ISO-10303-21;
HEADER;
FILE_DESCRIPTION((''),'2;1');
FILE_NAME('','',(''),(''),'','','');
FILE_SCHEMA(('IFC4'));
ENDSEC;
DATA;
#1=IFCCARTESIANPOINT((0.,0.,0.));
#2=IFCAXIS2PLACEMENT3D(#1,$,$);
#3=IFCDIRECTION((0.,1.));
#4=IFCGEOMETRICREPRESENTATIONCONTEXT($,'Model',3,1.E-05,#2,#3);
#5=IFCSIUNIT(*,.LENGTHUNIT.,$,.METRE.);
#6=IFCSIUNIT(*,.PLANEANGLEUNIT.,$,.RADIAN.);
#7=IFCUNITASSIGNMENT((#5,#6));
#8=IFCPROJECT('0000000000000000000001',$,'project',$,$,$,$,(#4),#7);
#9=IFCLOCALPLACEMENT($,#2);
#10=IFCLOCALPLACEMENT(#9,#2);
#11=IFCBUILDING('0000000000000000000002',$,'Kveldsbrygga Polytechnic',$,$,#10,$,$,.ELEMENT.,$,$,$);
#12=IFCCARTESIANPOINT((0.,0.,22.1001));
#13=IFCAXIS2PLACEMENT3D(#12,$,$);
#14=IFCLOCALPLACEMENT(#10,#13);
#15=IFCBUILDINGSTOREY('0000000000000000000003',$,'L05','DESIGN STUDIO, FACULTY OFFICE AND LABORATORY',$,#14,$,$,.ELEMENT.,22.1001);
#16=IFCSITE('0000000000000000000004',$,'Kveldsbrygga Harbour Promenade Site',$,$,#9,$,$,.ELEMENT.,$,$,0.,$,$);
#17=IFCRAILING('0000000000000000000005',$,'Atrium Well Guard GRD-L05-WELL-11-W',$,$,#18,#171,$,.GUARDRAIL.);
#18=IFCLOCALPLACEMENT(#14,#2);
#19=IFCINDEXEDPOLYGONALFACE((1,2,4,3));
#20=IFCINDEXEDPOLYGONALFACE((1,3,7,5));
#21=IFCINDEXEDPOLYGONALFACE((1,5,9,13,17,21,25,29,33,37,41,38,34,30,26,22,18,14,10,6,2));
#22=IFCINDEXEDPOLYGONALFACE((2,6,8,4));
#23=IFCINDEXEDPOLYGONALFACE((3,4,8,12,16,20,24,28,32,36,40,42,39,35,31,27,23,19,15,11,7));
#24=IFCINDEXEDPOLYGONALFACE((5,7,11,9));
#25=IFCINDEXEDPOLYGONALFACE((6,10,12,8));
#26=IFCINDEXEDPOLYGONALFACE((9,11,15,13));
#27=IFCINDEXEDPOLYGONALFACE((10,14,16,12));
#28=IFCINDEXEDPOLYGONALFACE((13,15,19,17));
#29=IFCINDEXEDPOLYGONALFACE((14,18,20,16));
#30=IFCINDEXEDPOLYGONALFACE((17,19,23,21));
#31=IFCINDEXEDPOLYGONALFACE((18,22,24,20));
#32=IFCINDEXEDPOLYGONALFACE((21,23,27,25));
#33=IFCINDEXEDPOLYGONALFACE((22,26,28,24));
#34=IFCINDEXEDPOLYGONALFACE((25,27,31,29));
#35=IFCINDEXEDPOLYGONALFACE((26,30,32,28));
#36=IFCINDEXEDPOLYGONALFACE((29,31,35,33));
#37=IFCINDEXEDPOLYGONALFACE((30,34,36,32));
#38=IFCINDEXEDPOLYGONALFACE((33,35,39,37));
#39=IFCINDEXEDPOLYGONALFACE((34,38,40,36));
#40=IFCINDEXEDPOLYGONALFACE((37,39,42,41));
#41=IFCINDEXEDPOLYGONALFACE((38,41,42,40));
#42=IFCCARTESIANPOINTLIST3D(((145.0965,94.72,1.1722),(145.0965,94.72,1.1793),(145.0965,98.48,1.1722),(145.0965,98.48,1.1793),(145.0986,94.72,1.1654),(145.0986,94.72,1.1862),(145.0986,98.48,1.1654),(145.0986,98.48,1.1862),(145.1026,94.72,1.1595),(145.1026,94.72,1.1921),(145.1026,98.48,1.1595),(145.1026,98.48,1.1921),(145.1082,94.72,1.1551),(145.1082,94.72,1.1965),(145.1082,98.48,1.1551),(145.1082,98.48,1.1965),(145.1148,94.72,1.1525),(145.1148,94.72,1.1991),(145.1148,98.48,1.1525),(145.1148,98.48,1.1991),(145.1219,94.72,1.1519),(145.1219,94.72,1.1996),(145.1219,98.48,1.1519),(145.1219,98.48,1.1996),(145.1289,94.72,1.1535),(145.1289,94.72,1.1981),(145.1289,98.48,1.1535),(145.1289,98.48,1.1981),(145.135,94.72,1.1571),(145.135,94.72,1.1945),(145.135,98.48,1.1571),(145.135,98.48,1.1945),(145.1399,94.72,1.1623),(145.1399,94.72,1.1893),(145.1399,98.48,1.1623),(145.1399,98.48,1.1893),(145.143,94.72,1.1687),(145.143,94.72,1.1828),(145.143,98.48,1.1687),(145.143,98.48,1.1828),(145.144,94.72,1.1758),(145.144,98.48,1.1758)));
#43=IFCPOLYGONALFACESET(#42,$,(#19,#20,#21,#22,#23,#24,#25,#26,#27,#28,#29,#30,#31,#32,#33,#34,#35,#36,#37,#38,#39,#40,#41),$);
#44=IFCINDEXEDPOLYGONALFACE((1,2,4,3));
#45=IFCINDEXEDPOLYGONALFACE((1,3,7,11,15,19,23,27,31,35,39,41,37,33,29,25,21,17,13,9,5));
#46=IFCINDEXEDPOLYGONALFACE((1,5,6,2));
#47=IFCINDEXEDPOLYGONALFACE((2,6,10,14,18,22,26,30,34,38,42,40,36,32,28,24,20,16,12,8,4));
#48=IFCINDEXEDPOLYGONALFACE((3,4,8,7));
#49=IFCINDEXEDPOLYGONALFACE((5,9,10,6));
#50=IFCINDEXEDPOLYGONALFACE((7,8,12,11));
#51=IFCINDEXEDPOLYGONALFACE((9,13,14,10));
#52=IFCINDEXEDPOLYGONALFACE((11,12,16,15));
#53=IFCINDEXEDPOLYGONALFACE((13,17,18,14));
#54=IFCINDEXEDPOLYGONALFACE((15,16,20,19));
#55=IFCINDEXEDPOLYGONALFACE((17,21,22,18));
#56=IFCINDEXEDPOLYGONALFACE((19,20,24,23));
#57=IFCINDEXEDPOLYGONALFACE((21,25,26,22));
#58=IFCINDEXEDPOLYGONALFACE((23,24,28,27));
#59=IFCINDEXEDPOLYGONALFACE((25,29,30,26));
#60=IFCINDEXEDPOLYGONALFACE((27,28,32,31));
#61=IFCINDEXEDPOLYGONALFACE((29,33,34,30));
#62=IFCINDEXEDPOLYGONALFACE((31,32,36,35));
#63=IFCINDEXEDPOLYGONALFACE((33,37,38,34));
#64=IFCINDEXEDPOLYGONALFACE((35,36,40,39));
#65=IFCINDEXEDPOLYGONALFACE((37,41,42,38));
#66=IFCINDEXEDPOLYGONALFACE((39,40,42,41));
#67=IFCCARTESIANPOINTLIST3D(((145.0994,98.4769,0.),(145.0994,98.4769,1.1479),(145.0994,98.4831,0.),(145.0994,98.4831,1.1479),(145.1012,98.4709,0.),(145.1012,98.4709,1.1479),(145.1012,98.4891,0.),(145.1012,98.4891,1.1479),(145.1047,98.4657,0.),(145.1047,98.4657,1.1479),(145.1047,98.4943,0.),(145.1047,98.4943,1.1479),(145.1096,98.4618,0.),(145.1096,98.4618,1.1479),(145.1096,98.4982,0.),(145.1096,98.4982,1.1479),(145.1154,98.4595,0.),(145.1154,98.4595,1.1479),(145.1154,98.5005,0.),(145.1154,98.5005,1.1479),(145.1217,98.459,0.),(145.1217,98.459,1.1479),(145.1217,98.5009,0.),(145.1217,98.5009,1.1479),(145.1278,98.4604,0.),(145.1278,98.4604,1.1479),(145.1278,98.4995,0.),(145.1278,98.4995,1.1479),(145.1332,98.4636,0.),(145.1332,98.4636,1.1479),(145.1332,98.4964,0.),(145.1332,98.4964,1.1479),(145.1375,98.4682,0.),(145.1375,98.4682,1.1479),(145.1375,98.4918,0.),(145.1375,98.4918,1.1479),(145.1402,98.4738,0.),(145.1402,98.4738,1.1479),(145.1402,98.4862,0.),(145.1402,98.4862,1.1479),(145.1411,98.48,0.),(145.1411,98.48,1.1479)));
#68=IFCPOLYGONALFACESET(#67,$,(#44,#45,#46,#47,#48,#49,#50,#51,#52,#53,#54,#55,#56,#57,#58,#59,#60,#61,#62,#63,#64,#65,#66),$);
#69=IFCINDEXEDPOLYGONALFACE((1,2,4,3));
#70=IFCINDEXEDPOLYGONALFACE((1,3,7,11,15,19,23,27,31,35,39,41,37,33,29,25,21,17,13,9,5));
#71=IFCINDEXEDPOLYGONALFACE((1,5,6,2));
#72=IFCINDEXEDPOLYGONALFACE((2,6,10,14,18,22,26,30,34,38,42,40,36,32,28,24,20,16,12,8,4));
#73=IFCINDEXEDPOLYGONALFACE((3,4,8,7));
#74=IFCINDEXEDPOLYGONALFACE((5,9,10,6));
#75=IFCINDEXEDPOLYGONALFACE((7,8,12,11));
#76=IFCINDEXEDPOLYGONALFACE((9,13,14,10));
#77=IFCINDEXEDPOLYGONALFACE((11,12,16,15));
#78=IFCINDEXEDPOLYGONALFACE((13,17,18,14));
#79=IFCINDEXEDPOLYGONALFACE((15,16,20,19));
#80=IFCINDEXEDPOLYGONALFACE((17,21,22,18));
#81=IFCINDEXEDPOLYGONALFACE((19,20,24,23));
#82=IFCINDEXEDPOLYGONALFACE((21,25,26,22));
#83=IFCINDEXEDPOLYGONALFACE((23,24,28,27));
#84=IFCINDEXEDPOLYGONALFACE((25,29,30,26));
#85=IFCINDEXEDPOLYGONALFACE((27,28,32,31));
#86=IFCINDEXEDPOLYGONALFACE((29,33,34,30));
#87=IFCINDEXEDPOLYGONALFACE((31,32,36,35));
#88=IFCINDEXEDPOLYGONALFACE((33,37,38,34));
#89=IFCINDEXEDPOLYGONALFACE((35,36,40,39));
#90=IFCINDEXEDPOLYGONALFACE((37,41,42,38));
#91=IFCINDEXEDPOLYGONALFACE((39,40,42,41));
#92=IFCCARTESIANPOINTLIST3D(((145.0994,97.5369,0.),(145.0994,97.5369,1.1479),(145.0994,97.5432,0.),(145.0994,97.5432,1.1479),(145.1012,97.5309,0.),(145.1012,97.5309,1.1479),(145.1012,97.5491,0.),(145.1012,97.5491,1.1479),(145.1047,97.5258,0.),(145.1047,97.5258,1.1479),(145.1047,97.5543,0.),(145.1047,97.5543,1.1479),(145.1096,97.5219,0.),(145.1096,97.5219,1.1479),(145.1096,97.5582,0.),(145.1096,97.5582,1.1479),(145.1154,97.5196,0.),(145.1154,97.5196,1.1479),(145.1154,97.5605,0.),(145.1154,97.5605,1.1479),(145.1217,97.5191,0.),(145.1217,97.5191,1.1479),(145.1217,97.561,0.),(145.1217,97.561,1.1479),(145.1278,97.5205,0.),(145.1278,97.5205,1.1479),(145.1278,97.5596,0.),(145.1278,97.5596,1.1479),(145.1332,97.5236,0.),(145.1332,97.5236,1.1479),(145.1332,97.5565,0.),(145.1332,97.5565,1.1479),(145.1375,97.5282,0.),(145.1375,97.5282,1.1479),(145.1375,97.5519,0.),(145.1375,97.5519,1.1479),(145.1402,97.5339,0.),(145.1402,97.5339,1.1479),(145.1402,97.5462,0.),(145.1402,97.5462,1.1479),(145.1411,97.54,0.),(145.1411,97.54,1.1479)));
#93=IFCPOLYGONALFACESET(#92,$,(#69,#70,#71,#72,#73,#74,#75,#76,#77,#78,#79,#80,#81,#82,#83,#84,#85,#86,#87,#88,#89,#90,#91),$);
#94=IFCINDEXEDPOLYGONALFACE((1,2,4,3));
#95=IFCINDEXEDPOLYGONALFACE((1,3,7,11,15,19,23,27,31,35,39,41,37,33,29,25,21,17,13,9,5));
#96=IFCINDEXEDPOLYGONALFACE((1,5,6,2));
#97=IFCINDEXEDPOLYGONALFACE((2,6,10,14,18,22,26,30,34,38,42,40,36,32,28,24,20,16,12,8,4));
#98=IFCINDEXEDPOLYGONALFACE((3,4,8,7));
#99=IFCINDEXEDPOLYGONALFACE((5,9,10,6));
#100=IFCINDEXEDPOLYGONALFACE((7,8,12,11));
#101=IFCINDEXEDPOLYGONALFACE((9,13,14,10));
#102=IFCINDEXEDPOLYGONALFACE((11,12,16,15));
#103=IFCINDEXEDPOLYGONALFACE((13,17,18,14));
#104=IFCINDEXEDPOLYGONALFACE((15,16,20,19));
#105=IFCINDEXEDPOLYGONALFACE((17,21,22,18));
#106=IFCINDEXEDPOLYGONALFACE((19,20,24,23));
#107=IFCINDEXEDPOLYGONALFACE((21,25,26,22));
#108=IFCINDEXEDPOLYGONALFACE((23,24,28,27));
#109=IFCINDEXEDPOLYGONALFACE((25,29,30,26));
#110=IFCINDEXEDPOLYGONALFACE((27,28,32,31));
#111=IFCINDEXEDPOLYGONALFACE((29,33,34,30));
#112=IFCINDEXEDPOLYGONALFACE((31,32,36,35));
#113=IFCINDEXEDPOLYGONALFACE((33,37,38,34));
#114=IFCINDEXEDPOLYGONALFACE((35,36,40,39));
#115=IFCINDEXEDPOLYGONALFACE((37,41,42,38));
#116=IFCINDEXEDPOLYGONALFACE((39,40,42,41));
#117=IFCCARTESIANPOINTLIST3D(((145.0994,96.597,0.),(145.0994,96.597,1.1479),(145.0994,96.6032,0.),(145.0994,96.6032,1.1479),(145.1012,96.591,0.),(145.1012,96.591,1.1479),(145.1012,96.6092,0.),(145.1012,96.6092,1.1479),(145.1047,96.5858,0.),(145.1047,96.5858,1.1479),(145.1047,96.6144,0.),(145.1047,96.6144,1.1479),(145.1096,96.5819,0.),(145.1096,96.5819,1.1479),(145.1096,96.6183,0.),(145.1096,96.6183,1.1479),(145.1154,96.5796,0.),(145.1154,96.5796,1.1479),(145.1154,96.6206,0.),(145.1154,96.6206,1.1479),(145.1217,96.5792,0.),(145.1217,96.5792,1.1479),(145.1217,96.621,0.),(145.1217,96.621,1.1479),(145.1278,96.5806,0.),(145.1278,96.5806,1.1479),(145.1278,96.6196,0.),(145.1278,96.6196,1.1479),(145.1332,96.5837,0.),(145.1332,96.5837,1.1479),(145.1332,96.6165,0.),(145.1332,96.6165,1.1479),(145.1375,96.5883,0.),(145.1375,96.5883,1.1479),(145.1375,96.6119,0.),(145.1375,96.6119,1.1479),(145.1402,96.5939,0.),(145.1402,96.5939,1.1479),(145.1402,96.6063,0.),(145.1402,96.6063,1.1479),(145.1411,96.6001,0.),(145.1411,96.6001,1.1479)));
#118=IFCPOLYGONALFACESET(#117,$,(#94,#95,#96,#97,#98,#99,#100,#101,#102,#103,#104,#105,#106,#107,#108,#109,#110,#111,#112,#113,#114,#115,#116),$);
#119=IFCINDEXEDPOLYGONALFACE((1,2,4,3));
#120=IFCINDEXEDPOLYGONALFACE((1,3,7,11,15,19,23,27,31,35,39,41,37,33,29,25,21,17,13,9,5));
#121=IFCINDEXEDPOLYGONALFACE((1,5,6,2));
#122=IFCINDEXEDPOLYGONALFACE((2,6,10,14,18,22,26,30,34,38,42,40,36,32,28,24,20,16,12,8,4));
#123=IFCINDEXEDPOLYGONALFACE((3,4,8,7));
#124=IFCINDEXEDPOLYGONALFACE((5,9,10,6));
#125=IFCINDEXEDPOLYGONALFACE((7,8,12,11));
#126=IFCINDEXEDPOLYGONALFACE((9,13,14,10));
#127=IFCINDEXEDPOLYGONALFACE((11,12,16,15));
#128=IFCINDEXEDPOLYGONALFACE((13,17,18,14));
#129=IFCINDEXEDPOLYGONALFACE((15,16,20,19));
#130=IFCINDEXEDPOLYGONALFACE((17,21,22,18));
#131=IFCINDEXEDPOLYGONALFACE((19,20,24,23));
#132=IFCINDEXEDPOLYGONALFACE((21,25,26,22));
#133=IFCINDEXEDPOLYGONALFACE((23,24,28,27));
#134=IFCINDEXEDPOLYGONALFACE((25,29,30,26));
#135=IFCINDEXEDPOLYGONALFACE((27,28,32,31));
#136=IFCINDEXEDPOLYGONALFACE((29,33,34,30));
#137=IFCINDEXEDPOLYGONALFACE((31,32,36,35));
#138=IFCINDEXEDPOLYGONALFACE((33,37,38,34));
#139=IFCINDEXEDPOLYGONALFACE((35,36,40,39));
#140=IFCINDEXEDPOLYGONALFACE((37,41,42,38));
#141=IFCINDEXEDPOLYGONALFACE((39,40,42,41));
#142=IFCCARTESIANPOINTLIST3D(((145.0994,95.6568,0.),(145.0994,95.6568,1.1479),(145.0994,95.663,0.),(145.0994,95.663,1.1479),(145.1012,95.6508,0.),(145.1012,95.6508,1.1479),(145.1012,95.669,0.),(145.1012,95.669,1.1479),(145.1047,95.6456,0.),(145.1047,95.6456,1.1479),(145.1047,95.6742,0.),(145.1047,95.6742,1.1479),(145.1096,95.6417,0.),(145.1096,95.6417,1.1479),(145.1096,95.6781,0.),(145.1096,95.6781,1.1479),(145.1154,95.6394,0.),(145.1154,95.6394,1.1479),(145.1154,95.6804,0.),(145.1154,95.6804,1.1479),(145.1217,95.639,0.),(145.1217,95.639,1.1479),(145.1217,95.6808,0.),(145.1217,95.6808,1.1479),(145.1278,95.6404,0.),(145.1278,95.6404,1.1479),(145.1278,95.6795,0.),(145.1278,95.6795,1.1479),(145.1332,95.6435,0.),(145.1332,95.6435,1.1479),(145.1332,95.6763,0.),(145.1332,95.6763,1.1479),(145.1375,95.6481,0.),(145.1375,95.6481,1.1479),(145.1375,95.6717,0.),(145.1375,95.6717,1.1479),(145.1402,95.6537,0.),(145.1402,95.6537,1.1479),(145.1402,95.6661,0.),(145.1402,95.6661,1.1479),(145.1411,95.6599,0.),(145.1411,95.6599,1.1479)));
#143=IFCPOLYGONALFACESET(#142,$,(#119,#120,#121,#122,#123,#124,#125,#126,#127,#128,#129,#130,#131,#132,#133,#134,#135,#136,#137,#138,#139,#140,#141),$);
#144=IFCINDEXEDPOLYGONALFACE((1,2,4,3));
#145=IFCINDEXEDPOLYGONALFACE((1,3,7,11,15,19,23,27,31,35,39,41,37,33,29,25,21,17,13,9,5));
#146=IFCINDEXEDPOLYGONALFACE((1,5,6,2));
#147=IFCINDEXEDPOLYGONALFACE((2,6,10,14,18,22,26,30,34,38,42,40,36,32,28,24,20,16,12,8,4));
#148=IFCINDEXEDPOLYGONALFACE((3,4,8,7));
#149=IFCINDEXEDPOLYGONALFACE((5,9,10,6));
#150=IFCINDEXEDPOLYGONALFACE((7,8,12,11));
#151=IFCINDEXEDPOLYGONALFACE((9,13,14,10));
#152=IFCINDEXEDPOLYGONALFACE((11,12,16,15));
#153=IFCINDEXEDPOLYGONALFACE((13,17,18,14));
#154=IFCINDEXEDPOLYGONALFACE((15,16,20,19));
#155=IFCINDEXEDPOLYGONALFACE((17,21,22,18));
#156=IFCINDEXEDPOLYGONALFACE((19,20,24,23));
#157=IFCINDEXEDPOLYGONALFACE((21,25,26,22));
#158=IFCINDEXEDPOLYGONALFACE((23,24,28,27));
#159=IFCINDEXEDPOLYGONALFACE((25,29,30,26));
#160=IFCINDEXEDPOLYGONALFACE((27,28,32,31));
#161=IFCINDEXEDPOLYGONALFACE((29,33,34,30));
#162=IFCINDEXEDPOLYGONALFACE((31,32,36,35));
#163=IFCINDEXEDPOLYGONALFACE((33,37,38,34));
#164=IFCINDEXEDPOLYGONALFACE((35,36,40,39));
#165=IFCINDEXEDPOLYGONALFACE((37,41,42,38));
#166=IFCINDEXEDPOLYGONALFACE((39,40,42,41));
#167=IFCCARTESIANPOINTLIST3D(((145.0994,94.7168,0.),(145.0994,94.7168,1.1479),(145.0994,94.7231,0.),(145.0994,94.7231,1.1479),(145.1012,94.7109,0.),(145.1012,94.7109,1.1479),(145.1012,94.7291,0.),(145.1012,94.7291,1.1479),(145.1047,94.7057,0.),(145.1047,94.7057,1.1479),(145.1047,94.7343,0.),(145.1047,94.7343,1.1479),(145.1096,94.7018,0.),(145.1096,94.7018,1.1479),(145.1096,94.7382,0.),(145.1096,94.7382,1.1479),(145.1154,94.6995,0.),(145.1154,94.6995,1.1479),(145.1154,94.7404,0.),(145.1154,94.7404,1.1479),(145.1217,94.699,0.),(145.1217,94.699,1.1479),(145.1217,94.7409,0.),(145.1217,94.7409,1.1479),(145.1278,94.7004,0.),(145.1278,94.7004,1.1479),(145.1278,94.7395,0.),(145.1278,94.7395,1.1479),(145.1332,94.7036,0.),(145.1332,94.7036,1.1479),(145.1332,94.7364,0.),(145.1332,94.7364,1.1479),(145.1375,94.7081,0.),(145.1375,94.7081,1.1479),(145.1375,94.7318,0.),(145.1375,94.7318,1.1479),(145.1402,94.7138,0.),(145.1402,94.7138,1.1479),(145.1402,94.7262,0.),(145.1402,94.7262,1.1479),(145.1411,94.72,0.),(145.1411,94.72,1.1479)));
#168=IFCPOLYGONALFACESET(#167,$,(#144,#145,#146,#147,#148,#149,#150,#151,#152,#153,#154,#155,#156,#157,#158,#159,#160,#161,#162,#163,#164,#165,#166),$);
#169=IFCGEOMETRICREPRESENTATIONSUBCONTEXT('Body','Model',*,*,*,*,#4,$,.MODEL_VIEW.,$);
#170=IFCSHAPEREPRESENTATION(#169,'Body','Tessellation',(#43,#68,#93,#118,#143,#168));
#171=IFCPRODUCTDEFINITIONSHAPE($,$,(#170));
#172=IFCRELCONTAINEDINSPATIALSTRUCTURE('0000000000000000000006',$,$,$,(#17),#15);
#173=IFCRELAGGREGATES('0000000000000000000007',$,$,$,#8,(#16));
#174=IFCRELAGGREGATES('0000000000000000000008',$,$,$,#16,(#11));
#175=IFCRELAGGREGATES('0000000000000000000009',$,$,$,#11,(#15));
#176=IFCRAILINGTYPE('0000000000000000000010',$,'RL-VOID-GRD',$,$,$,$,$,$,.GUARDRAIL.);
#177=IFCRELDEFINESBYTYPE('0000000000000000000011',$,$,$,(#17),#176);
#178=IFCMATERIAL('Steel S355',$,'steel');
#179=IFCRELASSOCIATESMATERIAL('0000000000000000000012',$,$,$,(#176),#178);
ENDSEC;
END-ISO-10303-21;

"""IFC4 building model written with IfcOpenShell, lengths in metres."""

from ifc_helpers import new_model, si_unit, direction, frame, origin, origin_2d, place, context, subcontext, project, spatial, circle, extrude, material, type_object, element, save


model = new_model("IFC4")

# Units and contexts
model_context = context("Model", 3, precision=1e-05, world=origin(), true_north=direction((0.0, 1.0)))
body_context = subcontext(model_context, "Body", "Model", "MODEL_VIEW")
ifc_project = project(units=[si_unit("LENGTHUNIT", "METRE"), si_unit("PLANEANGLEUNIT", "RADIAN")], contexts=[model_context])

# Site, building, storey
site_placement = place(None, origin())
site = spatial("IfcSite", under=ifc_project, at=site_placement, Name="Kveldsbrygga Harbour Promenade Site", CompositionType="ELEMENT", RefElevation=0.0)
building_placement = place(site_placement, origin())
building = spatial("IfcBuilding", under=site, at=building_placement, Name="Kveldsbrygga Polytechnic", CompositionType="ELEMENT")
storey_placement = place(building_placement, frame((0.0, 0.0, 22.1001)))
storey = spatial("IfcBuildingStorey", under=building, at=storey_placement, Name="L05", Description="DESIGN STUDIO, FACULTY OFFICE AND LABORATORY", CompositionType="ELEMENT", Elevation=22.1001)

# Shared definitions
ifc_material_1 = material(Name="Steel S355", Category="steel")

# Railing
railing_type = type_object("IfcRailingType", Name="RL-VOID-GRD", PredefinedType="GUARDRAIL", material=ifc_material_1)
railing_1_placement = place(storey_placement, frame((145.1201, 98.48, 0.0)))
element("IfcRailing", 1, at=railing_1_placement, inside=storey, type_object=railing_type, Name="Atrium Well Guard GRD-L05-WELL-11-W", PredefinedType="GUARDRAIL", context=body_context, shape_type="SweptSolid", body=[
    extrude(circle(Radius=0.0239, at=origin_2d()), frame((0.0, 0.0, 1.1758), z_axis=(0.0, -1.0, 0.0), x_axis=(1.0, 0.0, 0.0)), (0.0, 0.0, 1.0), 3.76),
    extrude(circle(Radius=0.021, at=origin_2d()), origin(), (0.0, 0.0, 1.0), 1.1479),
    extrude(circle(Radius=0.021, at=origin_2d()), frame((0.0, -0.9399, 0.0)), (0.0, 0.0, 1.0), 1.1479),
    extrude(circle(Radius=0.021, at=origin_2d()), frame((0.0, -1.8799, 0.0)), (0.0, 0.0, 1.0), 1.1479),
    extrude(circle(Radius=0.021, at=origin_2d()), frame((0.0, -2.8201, 0.0)), (0.0, 0.0, 1.0), 1.1479),
    extrude(circle(Radius=0.021, at=origin_2d()), frame((0.0, -3.76, 0.0)), (0.0, 0.0, 1.0), 1.1479),
])

save(model, "model.ifc")
